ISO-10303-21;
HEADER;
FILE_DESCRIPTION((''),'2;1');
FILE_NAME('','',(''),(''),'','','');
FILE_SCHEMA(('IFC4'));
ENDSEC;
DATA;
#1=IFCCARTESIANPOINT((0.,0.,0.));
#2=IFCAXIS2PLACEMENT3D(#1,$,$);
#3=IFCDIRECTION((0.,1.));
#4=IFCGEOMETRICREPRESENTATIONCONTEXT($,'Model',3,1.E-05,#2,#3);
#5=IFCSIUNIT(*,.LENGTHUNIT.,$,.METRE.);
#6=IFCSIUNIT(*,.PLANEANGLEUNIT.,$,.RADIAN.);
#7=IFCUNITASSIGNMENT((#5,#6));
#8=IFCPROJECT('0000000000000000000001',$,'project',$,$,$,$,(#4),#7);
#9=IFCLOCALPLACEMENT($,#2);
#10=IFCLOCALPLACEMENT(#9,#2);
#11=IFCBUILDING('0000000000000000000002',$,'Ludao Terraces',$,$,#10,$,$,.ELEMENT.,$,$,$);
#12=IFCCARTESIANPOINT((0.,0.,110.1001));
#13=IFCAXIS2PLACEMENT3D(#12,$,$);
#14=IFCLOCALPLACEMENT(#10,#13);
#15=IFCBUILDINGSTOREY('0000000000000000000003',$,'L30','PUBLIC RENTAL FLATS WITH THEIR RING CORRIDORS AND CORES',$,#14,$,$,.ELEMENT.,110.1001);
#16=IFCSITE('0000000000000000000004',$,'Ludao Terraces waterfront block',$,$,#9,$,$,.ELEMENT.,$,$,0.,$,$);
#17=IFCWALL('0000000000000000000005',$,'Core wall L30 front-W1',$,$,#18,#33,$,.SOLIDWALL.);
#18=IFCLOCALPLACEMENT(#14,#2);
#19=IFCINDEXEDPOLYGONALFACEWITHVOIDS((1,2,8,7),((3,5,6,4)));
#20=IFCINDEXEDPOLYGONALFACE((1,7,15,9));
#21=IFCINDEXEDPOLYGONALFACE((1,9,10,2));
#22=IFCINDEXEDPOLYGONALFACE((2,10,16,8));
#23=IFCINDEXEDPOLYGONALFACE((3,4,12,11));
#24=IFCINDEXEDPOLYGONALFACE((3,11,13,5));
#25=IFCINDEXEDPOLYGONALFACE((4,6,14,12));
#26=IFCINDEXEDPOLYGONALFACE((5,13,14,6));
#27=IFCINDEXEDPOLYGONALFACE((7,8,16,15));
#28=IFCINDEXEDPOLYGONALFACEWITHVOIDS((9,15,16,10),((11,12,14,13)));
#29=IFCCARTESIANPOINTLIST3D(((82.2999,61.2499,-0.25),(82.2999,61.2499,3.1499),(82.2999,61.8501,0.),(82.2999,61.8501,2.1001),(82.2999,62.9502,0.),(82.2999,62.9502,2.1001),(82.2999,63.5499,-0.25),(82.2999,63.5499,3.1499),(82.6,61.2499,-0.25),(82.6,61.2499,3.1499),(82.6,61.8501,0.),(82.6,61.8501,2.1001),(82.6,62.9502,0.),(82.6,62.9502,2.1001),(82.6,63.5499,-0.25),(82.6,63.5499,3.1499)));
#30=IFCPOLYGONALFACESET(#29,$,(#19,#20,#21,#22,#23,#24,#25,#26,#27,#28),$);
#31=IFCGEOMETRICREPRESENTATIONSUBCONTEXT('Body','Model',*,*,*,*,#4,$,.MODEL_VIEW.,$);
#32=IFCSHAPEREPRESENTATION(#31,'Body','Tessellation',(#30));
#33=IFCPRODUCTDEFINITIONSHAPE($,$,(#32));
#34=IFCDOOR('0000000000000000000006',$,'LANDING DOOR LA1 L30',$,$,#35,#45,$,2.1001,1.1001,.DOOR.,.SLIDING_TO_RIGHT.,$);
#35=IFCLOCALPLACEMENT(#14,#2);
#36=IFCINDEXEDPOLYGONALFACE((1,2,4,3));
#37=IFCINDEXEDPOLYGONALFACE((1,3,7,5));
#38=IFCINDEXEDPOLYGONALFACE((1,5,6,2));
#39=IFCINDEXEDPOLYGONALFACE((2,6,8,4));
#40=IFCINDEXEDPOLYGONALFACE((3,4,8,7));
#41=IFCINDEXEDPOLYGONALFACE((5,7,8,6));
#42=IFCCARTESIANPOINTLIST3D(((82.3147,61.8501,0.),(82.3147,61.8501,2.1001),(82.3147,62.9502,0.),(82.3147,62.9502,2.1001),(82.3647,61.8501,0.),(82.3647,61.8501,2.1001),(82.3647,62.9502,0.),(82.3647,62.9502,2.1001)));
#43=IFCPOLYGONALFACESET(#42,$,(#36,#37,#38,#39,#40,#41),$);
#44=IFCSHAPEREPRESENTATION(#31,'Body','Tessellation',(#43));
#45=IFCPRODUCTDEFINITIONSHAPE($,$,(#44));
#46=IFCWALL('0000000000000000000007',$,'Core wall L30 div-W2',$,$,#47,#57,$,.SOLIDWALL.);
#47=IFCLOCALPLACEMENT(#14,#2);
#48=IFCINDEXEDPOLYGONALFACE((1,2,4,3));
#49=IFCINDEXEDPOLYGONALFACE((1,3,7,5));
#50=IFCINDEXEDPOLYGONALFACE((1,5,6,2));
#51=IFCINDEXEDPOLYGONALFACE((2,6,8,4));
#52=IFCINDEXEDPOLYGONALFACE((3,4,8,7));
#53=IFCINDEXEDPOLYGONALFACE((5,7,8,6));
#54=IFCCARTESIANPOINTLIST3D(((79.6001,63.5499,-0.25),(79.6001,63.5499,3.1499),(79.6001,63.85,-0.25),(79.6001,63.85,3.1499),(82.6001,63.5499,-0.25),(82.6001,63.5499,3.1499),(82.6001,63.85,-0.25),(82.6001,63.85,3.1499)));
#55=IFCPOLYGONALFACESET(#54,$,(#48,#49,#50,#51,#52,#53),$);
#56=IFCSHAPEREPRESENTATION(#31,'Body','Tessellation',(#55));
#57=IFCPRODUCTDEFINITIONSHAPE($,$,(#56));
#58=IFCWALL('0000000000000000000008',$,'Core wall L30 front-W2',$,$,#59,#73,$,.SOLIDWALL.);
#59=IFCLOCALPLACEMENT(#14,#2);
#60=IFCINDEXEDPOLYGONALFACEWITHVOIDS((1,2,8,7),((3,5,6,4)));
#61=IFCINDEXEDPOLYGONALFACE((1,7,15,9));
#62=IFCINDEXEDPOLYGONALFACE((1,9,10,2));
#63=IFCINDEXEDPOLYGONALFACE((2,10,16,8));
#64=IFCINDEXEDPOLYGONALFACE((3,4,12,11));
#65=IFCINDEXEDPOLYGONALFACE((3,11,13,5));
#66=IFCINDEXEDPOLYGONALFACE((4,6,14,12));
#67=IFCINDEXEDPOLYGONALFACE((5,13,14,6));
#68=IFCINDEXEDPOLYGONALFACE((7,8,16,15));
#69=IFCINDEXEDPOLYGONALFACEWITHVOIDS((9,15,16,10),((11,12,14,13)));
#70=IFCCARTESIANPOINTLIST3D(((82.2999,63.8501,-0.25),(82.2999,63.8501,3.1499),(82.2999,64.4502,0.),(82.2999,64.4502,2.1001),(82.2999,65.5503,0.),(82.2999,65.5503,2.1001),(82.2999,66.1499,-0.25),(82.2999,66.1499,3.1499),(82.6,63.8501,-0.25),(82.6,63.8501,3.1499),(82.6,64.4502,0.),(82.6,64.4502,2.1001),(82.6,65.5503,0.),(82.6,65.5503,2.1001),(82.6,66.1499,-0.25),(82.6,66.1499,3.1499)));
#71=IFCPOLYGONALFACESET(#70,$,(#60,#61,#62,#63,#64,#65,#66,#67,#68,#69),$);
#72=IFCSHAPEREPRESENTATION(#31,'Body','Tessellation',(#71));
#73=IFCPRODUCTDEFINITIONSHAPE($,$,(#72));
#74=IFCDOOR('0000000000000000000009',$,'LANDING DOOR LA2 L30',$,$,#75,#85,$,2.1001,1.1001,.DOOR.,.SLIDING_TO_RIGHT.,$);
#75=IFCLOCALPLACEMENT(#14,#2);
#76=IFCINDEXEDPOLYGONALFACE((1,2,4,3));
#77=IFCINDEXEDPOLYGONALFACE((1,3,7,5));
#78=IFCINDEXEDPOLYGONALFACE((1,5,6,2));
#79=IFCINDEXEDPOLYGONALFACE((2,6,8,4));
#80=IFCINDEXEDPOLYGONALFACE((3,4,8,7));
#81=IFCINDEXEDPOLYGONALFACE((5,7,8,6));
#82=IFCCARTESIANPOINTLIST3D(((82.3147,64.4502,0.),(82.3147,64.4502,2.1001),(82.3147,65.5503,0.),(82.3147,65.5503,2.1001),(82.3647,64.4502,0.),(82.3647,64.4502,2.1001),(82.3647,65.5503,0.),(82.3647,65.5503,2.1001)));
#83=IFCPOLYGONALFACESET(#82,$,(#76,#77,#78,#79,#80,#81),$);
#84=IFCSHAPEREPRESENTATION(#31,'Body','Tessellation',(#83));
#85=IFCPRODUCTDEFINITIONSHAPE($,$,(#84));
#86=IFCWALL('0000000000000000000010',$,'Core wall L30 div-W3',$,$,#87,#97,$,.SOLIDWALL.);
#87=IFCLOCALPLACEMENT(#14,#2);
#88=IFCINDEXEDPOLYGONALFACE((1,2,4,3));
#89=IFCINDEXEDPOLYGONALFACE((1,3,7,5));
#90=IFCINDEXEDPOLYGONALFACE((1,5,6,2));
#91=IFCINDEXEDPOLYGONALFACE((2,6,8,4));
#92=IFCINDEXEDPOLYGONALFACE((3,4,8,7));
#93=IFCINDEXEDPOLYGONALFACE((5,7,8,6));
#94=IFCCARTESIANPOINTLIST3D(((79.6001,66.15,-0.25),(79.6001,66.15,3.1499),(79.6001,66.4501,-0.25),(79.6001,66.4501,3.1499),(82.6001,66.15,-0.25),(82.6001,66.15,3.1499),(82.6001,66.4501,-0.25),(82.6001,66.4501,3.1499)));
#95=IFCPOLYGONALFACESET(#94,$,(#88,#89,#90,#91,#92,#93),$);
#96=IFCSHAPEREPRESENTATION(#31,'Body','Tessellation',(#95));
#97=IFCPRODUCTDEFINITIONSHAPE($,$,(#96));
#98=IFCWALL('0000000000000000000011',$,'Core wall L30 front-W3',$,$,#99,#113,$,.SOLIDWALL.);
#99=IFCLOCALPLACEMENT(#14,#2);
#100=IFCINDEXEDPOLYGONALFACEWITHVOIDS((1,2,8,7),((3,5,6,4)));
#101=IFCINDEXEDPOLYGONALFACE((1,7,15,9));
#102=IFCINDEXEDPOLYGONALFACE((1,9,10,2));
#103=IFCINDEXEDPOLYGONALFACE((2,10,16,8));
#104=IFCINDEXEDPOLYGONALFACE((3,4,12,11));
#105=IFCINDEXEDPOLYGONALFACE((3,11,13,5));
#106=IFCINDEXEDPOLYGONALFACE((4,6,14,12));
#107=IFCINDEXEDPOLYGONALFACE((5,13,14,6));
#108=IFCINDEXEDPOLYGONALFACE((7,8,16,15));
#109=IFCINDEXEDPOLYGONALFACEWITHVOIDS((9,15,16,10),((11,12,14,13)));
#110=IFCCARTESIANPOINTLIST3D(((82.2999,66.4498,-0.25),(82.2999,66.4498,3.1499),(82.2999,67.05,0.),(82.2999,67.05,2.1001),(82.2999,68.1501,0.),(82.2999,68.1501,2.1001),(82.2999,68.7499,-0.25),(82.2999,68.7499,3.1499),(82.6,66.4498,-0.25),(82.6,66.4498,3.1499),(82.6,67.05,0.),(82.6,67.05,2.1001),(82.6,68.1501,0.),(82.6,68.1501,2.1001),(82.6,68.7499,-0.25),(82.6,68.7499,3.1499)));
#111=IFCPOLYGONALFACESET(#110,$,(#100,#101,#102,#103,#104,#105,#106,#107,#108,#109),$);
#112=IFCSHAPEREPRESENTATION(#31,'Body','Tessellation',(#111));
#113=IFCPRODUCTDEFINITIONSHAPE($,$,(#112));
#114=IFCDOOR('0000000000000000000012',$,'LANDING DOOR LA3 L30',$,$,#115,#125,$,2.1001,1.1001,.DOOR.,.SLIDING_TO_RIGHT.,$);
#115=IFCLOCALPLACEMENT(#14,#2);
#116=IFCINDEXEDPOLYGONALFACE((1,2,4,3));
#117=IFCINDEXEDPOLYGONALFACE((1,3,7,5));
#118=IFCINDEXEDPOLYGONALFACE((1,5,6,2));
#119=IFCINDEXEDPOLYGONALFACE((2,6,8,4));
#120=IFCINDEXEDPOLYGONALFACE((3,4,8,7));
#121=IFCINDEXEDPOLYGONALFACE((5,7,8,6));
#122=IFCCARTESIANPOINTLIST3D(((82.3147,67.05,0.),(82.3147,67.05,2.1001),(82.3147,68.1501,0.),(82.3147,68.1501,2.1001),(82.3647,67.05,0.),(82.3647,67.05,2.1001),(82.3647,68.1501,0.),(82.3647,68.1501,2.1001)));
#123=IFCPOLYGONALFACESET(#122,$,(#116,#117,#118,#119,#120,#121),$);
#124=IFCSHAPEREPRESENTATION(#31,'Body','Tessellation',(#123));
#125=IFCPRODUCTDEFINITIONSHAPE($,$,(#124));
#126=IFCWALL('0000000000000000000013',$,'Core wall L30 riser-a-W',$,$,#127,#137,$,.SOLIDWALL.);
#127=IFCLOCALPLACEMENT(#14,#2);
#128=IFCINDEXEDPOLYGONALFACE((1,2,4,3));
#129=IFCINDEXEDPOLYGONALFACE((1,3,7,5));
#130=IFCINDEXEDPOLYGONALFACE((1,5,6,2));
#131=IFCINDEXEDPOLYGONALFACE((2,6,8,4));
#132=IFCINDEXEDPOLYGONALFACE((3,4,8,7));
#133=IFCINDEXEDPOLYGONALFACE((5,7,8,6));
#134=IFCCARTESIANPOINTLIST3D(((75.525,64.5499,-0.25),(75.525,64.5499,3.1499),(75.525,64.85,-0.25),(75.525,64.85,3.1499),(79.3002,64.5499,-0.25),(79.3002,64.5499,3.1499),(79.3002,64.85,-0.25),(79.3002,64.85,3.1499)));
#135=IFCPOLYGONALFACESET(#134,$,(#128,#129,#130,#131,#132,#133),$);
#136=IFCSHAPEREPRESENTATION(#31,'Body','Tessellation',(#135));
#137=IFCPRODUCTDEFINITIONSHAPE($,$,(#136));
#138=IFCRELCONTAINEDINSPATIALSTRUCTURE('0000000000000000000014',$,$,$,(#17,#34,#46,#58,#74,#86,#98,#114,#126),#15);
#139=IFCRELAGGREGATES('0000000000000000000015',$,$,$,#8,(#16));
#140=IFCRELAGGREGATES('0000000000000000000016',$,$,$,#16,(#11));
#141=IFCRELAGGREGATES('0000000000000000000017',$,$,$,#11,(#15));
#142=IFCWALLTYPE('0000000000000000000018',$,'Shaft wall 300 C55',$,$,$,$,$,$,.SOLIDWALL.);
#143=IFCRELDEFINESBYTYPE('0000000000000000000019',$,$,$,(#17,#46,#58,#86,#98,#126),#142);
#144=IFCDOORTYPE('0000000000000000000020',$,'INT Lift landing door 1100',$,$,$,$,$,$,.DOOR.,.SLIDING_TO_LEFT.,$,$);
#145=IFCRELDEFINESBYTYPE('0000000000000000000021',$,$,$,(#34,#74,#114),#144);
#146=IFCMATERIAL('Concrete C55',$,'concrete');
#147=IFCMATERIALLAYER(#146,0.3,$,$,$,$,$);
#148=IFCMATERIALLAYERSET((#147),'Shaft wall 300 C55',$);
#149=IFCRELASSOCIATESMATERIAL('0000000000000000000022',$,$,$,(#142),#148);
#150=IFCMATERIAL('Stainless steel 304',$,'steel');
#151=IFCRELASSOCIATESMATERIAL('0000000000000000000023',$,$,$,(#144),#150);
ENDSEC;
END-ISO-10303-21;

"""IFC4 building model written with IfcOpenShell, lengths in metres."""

from ifc_helpers import new_model, si_unit, direction, frame, frame_2d, origin, place, context, subcontext, project, spatial, rectangle, extrude, material, layer, layer_set, type_object, element, fill, save


model = new_model("IFC4")

# Units and contexts
model_context = context("Model", 3, precision=1e-05, world=origin(), true_north=direction((0.0, 1.0)))
body_context = subcontext(model_context, "Body", "Model", "MODEL_VIEW")
ifc_project = project(units=[si_unit("LENGTHUNIT", "METRE"), si_unit("PLANEANGLEUNIT", "RADIAN")], contexts=[model_context])

# Site, building, storey
site_placement = place(None, origin())
site = spatial("IfcSite", under=ifc_project, at=site_placement, Name="Ludao Terraces waterfront block", CompositionType="ELEMENT", RefElevation=0.0)
building_placement = place(site_placement, origin())
building = spatial("IfcBuilding", under=site, at=building_placement, Name="Ludao Terraces", CompositionType="ELEMENT")
storey_placement = place(building_placement, frame((0.0, 0.0, 110.1001)))
storey = spatial("IfcBuildingStorey", under=building, at=storey_placement, Name="L30", Description="PUBLIC RENTAL FLATS WITH THEIR RING CORRIDORS AND CORES", CompositionType="ELEMENT", Elevation=110.1001)

# Wall, opening, door
ifc_material_1 = material(Name="Concrete C55", Category="concrete")
ifc_layer_1 = layer(ifc_material_1, 0.3)
ifc_layer_set_1 = layer_set([ifc_layer_1], Name="Shaft wall 300 C55")
wall_type_1 = type_object("IfcWallType", Name="Shaft wall 300 C55", PredefinedType="SOLIDWALL", material=ifc_layer_set_1)
wall_1_placement = place(storey_placement, frame((82.45, 61.25, -0.25), z_axis=(0.0, 0.0, 1.0), x_axis=(0.0, 1.0, 0.0)))
wall_1 = element("IfcWall", 1, at=wall_1_placement, inside=storey, type_object=wall_type_1, Name="Core wall L30 front-W1", PredefinedType="SOLIDWALL", context=body_context, shape_type="SweptSolid", body=[
    extrude(rectangle(XDim=2.3, YDim=0.3, at=frame_2d((1.1499, 0.0))), origin(), (0.0, 0.0, 1.0), 3.3999),
])
opening_1_placement = place(wall_1_placement, frame((0.6001, 0.0, 0.25)))
opening_1 = element("IfcOpeningElement", 2, at=opening_1_placement, cuts=wall_1, PredefinedType="OPENING", context=body_context, shape_type="SweptSolid", body=[
    extrude(rectangle(XDim=1.1001, YDim=2.1001, at=frame_2d((0.55, 1.05))), frame((0.0, 0.1602, 0.0), z_axis=(0.0, -1.0, 0.0), x_axis=(1.0, 0.0, 0.0)), (0.0, 0.0, 1.0), 0.3201),
])
ifc_material_2 = material(Name="Stainless steel 304", Category="steel")
door_type_1 = type_object("IfcDoorType", Name="INT Lift landing door 1100", OperationType="SLIDING_TO_LEFT", PredefinedType="DOOR", material=ifc_material_2)
door_1_placement = place(opening_1_placement, origin())
door_1 = element("IfcDoor", 3, at=door_1_placement, inside=storey, type_object=door_type_1, Name="LANDING DOOR LA1 L30", OperationType="SLIDING_TO_RIGHT", OverallHeight=2.1001, OverallWidth=1.1001, PredefinedType="DOOR", context=body_context, shape_type="SweptSolid", body=[
    extrude(rectangle(XDim=1.1001, YDim=2.1001, at=frame_2d((0.55, 1.05))), frame((0.0, 0.1353, 0.0), z_axis=(0.0, -1.0, 0.0), x_axis=(1.0, 0.0, 0.0)), (0.0, 0.0, 1.0), 0.05),
])
fill(opening_1, door_1)

# Wall
wall_2_placement = place(storey_placement, frame((79.6001, 63.7, -0.25), z_axis=(0.0, 0.0, 1.0), x_axis=(1.0, 0.0, 0.0)))
element("IfcWall", 4, at=wall_2_placement, inside=storey, type_object=wall_type_1, Name="Core wall L30 div-W2", PredefinedType="SOLIDWALL", context=body_context, shape_type="SweptSolid", body=[
    extrude(rectangle(XDim=3.0, YDim=0.3, at=frame_2d((1.5, 0.0))), origin(), (0.0, 0.0, 1.0), 3.3999),
])

# Wall, opening, door
wall_3_placement = place(storey_placement, frame((82.45, 63.8501, -0.25), z_axis=(0.0, 0.0, 1.0), x_axis=(0.0, 1.0, 0.0)))
wall_3 = element("IfcWall", 5, at=wall_3_placement, inside=storey, type_object=wall_type_1, Name="Core wall L30 front-W2", PredefinedType="SOLIDWALL", context=body_context, shape_type="SweptSolid", body=[
    extrude(rectangle(XDim=2.2998, YDim=0.3, at=frame_2d((1.1499, 0.0))), origin(), (0.0, 0.0, 1.0), 3.3999),
])
opening_2_placement = place(wall_3_placement, frame((0.6001, 0.0, 0.25)))
opening_2 = element("IfcOpeningElement", 6, at=opening_2_placement, cuts=wall_3, PredefinedType="OPENING", context=body_context, shape_type="SweptSolid", body=[
    extrude(rectangle(XDim=1.1001, YDim=2.1001, at=frame_2d((0.55, 1.05))), frame((0.0, 0.1602, 0.0), z_axis=(0.0, -1.0, 0.0), x_axis=(1.0, 0.0, 0.0)), (0.0, 0.0, 1.0), 0.3201),
])
door_2_placement = place(opening_2_placement, origin())
door_2 = element("IfcDoor", 7, at=door_2_placement, inside=storey, type_object=door_type_1, Name="LANDING DOOR LA2 L30", OperationType="SLIDING_TO_RIGHT", OverallHeight=2.1001, OverallWidth=1.1001, PredefinedType="DOOR", context=body_context, shape_type="SweptSolid", body=[
    extrude(rectangle(XDim=1.1001, YDim=2.1001, at=frame_2d((0.55, 1.05))), frame((0.0, 0.1353, 0.0), z_axis=(0.0, -1.0, 0.0), x_axis=(1.0, 0.0, 0.0)), (0.0, 0.0, 1.0), 0.05),
])
fill(opening_2, door_2)

# Wall
wall_4_placement = place(storey_placement, frame((79.6001, 66.3, -0.25), z_axis=(0.0, 0.0, 1.0), x_axis=(1.0, 0.0, 0.0)))
element("IfcWall", 8, at=wall_4_placement, inside=storey, type_object=wall_type_1, Name="Core wall L30 div-W3", PredefinedType="SOLIDWALL", context=body_context, shape_type="SweptSolid", body=[
    extrude(rectangle(XDim=3.0, YDim=0.3, at=frame_2d((1.5, 0.0))), origin(), (0.0, 0.0, 1.0), 3.3999),
])

# Wall, opening, door
wall_5_placement = place(storey_placement, frame((82.45, 66.45, -0.25), z_axis=(0.0, 0.0, 1.0), x_axis=(0.0, 1.0, 0.0)))
wall_5 = element("IfcWall", 9, at=wall_5_placement, inside=storey, type_object=wall_type_1, Name="Core wall L30 front-W3", PredefinedType="SOLIDWALL", context=body_context, shape_type="SweptSolid", body=[
    extrude(rectangle(XDim=2.3, YDim=0.3, at=frame_2d((1.1499, 0.0))), origin(), (0.0, 0.0, 1.0), 3.3999),
])
opening_3_placement = place(wall_5_placement, frame((0.6001, 0.0, 0.25)))
opening_3 = element("IfcOpeningElement", 10, at=opening_3_placement, cuts=wall_5, PredefinedType="OPENING", context=body_context, shape_type="SweptSolid", body=[
    extrude(rectangle(XDim=1.1001, YDim=2.1001, at=frame_2d((0.55, 1.05))), frame((0.0, 0.1602, 0.0), z_axis=(0.0, -1.0, 0.0), x_axis=(1.0, 0.0, 0.0)), (0.0, 0.0, 1.0), 0.3201),
])
door_3_placement = place(opening_3_placement, origin())
door_3 = element("IfcDoor", 11, at=door_3_placement, inside=storey, type_object=door_type_1, Name="LANDING DOOR LA3 L30", OperationType="SLIDING_TO_RIGHT", OverallHeight=2.1001, OverallWidth=1.1001, PredefinedType="DOOR", context=body_context, shape_type="SweptSolid", body=[
    extrude(rectangle(XDim=1.1001, YDim=2.1001, at=frame_2d((0.55, 1.05))), frame((0.0, 0.1353, 0.0), z_axis=(0.0, -1.0, 0.0), x_axis=(1.0, 0.0, 0.0)), (0.0, 0.0, 1.0), 0.05),
])
fill(opening_3, door_3)

# Wall
wall_6_placement = place(storey_placement, frame((75.5249, 64.7, -0.25), z_axis=(0.0, 0.0, 1.0), x_axis=(1.0, 0.0, 0.0)))
element("IfcWall", 12, at=wall_6_placement, inside=storey, type_object=wall_type_1, Name="Core wall L30 riser-a-W", PredefinedType="SOLIDWALL", context=body_context, shape_type="SweptSolid", body=[
    extrude(rectangle(XDim=3.7751, YDim=0.3, at=frame_2d((1.8877, 0.0))), origin(), (0.0, 0.0, 1.0), 3.3999),
])

save(model, "model.ifc")
